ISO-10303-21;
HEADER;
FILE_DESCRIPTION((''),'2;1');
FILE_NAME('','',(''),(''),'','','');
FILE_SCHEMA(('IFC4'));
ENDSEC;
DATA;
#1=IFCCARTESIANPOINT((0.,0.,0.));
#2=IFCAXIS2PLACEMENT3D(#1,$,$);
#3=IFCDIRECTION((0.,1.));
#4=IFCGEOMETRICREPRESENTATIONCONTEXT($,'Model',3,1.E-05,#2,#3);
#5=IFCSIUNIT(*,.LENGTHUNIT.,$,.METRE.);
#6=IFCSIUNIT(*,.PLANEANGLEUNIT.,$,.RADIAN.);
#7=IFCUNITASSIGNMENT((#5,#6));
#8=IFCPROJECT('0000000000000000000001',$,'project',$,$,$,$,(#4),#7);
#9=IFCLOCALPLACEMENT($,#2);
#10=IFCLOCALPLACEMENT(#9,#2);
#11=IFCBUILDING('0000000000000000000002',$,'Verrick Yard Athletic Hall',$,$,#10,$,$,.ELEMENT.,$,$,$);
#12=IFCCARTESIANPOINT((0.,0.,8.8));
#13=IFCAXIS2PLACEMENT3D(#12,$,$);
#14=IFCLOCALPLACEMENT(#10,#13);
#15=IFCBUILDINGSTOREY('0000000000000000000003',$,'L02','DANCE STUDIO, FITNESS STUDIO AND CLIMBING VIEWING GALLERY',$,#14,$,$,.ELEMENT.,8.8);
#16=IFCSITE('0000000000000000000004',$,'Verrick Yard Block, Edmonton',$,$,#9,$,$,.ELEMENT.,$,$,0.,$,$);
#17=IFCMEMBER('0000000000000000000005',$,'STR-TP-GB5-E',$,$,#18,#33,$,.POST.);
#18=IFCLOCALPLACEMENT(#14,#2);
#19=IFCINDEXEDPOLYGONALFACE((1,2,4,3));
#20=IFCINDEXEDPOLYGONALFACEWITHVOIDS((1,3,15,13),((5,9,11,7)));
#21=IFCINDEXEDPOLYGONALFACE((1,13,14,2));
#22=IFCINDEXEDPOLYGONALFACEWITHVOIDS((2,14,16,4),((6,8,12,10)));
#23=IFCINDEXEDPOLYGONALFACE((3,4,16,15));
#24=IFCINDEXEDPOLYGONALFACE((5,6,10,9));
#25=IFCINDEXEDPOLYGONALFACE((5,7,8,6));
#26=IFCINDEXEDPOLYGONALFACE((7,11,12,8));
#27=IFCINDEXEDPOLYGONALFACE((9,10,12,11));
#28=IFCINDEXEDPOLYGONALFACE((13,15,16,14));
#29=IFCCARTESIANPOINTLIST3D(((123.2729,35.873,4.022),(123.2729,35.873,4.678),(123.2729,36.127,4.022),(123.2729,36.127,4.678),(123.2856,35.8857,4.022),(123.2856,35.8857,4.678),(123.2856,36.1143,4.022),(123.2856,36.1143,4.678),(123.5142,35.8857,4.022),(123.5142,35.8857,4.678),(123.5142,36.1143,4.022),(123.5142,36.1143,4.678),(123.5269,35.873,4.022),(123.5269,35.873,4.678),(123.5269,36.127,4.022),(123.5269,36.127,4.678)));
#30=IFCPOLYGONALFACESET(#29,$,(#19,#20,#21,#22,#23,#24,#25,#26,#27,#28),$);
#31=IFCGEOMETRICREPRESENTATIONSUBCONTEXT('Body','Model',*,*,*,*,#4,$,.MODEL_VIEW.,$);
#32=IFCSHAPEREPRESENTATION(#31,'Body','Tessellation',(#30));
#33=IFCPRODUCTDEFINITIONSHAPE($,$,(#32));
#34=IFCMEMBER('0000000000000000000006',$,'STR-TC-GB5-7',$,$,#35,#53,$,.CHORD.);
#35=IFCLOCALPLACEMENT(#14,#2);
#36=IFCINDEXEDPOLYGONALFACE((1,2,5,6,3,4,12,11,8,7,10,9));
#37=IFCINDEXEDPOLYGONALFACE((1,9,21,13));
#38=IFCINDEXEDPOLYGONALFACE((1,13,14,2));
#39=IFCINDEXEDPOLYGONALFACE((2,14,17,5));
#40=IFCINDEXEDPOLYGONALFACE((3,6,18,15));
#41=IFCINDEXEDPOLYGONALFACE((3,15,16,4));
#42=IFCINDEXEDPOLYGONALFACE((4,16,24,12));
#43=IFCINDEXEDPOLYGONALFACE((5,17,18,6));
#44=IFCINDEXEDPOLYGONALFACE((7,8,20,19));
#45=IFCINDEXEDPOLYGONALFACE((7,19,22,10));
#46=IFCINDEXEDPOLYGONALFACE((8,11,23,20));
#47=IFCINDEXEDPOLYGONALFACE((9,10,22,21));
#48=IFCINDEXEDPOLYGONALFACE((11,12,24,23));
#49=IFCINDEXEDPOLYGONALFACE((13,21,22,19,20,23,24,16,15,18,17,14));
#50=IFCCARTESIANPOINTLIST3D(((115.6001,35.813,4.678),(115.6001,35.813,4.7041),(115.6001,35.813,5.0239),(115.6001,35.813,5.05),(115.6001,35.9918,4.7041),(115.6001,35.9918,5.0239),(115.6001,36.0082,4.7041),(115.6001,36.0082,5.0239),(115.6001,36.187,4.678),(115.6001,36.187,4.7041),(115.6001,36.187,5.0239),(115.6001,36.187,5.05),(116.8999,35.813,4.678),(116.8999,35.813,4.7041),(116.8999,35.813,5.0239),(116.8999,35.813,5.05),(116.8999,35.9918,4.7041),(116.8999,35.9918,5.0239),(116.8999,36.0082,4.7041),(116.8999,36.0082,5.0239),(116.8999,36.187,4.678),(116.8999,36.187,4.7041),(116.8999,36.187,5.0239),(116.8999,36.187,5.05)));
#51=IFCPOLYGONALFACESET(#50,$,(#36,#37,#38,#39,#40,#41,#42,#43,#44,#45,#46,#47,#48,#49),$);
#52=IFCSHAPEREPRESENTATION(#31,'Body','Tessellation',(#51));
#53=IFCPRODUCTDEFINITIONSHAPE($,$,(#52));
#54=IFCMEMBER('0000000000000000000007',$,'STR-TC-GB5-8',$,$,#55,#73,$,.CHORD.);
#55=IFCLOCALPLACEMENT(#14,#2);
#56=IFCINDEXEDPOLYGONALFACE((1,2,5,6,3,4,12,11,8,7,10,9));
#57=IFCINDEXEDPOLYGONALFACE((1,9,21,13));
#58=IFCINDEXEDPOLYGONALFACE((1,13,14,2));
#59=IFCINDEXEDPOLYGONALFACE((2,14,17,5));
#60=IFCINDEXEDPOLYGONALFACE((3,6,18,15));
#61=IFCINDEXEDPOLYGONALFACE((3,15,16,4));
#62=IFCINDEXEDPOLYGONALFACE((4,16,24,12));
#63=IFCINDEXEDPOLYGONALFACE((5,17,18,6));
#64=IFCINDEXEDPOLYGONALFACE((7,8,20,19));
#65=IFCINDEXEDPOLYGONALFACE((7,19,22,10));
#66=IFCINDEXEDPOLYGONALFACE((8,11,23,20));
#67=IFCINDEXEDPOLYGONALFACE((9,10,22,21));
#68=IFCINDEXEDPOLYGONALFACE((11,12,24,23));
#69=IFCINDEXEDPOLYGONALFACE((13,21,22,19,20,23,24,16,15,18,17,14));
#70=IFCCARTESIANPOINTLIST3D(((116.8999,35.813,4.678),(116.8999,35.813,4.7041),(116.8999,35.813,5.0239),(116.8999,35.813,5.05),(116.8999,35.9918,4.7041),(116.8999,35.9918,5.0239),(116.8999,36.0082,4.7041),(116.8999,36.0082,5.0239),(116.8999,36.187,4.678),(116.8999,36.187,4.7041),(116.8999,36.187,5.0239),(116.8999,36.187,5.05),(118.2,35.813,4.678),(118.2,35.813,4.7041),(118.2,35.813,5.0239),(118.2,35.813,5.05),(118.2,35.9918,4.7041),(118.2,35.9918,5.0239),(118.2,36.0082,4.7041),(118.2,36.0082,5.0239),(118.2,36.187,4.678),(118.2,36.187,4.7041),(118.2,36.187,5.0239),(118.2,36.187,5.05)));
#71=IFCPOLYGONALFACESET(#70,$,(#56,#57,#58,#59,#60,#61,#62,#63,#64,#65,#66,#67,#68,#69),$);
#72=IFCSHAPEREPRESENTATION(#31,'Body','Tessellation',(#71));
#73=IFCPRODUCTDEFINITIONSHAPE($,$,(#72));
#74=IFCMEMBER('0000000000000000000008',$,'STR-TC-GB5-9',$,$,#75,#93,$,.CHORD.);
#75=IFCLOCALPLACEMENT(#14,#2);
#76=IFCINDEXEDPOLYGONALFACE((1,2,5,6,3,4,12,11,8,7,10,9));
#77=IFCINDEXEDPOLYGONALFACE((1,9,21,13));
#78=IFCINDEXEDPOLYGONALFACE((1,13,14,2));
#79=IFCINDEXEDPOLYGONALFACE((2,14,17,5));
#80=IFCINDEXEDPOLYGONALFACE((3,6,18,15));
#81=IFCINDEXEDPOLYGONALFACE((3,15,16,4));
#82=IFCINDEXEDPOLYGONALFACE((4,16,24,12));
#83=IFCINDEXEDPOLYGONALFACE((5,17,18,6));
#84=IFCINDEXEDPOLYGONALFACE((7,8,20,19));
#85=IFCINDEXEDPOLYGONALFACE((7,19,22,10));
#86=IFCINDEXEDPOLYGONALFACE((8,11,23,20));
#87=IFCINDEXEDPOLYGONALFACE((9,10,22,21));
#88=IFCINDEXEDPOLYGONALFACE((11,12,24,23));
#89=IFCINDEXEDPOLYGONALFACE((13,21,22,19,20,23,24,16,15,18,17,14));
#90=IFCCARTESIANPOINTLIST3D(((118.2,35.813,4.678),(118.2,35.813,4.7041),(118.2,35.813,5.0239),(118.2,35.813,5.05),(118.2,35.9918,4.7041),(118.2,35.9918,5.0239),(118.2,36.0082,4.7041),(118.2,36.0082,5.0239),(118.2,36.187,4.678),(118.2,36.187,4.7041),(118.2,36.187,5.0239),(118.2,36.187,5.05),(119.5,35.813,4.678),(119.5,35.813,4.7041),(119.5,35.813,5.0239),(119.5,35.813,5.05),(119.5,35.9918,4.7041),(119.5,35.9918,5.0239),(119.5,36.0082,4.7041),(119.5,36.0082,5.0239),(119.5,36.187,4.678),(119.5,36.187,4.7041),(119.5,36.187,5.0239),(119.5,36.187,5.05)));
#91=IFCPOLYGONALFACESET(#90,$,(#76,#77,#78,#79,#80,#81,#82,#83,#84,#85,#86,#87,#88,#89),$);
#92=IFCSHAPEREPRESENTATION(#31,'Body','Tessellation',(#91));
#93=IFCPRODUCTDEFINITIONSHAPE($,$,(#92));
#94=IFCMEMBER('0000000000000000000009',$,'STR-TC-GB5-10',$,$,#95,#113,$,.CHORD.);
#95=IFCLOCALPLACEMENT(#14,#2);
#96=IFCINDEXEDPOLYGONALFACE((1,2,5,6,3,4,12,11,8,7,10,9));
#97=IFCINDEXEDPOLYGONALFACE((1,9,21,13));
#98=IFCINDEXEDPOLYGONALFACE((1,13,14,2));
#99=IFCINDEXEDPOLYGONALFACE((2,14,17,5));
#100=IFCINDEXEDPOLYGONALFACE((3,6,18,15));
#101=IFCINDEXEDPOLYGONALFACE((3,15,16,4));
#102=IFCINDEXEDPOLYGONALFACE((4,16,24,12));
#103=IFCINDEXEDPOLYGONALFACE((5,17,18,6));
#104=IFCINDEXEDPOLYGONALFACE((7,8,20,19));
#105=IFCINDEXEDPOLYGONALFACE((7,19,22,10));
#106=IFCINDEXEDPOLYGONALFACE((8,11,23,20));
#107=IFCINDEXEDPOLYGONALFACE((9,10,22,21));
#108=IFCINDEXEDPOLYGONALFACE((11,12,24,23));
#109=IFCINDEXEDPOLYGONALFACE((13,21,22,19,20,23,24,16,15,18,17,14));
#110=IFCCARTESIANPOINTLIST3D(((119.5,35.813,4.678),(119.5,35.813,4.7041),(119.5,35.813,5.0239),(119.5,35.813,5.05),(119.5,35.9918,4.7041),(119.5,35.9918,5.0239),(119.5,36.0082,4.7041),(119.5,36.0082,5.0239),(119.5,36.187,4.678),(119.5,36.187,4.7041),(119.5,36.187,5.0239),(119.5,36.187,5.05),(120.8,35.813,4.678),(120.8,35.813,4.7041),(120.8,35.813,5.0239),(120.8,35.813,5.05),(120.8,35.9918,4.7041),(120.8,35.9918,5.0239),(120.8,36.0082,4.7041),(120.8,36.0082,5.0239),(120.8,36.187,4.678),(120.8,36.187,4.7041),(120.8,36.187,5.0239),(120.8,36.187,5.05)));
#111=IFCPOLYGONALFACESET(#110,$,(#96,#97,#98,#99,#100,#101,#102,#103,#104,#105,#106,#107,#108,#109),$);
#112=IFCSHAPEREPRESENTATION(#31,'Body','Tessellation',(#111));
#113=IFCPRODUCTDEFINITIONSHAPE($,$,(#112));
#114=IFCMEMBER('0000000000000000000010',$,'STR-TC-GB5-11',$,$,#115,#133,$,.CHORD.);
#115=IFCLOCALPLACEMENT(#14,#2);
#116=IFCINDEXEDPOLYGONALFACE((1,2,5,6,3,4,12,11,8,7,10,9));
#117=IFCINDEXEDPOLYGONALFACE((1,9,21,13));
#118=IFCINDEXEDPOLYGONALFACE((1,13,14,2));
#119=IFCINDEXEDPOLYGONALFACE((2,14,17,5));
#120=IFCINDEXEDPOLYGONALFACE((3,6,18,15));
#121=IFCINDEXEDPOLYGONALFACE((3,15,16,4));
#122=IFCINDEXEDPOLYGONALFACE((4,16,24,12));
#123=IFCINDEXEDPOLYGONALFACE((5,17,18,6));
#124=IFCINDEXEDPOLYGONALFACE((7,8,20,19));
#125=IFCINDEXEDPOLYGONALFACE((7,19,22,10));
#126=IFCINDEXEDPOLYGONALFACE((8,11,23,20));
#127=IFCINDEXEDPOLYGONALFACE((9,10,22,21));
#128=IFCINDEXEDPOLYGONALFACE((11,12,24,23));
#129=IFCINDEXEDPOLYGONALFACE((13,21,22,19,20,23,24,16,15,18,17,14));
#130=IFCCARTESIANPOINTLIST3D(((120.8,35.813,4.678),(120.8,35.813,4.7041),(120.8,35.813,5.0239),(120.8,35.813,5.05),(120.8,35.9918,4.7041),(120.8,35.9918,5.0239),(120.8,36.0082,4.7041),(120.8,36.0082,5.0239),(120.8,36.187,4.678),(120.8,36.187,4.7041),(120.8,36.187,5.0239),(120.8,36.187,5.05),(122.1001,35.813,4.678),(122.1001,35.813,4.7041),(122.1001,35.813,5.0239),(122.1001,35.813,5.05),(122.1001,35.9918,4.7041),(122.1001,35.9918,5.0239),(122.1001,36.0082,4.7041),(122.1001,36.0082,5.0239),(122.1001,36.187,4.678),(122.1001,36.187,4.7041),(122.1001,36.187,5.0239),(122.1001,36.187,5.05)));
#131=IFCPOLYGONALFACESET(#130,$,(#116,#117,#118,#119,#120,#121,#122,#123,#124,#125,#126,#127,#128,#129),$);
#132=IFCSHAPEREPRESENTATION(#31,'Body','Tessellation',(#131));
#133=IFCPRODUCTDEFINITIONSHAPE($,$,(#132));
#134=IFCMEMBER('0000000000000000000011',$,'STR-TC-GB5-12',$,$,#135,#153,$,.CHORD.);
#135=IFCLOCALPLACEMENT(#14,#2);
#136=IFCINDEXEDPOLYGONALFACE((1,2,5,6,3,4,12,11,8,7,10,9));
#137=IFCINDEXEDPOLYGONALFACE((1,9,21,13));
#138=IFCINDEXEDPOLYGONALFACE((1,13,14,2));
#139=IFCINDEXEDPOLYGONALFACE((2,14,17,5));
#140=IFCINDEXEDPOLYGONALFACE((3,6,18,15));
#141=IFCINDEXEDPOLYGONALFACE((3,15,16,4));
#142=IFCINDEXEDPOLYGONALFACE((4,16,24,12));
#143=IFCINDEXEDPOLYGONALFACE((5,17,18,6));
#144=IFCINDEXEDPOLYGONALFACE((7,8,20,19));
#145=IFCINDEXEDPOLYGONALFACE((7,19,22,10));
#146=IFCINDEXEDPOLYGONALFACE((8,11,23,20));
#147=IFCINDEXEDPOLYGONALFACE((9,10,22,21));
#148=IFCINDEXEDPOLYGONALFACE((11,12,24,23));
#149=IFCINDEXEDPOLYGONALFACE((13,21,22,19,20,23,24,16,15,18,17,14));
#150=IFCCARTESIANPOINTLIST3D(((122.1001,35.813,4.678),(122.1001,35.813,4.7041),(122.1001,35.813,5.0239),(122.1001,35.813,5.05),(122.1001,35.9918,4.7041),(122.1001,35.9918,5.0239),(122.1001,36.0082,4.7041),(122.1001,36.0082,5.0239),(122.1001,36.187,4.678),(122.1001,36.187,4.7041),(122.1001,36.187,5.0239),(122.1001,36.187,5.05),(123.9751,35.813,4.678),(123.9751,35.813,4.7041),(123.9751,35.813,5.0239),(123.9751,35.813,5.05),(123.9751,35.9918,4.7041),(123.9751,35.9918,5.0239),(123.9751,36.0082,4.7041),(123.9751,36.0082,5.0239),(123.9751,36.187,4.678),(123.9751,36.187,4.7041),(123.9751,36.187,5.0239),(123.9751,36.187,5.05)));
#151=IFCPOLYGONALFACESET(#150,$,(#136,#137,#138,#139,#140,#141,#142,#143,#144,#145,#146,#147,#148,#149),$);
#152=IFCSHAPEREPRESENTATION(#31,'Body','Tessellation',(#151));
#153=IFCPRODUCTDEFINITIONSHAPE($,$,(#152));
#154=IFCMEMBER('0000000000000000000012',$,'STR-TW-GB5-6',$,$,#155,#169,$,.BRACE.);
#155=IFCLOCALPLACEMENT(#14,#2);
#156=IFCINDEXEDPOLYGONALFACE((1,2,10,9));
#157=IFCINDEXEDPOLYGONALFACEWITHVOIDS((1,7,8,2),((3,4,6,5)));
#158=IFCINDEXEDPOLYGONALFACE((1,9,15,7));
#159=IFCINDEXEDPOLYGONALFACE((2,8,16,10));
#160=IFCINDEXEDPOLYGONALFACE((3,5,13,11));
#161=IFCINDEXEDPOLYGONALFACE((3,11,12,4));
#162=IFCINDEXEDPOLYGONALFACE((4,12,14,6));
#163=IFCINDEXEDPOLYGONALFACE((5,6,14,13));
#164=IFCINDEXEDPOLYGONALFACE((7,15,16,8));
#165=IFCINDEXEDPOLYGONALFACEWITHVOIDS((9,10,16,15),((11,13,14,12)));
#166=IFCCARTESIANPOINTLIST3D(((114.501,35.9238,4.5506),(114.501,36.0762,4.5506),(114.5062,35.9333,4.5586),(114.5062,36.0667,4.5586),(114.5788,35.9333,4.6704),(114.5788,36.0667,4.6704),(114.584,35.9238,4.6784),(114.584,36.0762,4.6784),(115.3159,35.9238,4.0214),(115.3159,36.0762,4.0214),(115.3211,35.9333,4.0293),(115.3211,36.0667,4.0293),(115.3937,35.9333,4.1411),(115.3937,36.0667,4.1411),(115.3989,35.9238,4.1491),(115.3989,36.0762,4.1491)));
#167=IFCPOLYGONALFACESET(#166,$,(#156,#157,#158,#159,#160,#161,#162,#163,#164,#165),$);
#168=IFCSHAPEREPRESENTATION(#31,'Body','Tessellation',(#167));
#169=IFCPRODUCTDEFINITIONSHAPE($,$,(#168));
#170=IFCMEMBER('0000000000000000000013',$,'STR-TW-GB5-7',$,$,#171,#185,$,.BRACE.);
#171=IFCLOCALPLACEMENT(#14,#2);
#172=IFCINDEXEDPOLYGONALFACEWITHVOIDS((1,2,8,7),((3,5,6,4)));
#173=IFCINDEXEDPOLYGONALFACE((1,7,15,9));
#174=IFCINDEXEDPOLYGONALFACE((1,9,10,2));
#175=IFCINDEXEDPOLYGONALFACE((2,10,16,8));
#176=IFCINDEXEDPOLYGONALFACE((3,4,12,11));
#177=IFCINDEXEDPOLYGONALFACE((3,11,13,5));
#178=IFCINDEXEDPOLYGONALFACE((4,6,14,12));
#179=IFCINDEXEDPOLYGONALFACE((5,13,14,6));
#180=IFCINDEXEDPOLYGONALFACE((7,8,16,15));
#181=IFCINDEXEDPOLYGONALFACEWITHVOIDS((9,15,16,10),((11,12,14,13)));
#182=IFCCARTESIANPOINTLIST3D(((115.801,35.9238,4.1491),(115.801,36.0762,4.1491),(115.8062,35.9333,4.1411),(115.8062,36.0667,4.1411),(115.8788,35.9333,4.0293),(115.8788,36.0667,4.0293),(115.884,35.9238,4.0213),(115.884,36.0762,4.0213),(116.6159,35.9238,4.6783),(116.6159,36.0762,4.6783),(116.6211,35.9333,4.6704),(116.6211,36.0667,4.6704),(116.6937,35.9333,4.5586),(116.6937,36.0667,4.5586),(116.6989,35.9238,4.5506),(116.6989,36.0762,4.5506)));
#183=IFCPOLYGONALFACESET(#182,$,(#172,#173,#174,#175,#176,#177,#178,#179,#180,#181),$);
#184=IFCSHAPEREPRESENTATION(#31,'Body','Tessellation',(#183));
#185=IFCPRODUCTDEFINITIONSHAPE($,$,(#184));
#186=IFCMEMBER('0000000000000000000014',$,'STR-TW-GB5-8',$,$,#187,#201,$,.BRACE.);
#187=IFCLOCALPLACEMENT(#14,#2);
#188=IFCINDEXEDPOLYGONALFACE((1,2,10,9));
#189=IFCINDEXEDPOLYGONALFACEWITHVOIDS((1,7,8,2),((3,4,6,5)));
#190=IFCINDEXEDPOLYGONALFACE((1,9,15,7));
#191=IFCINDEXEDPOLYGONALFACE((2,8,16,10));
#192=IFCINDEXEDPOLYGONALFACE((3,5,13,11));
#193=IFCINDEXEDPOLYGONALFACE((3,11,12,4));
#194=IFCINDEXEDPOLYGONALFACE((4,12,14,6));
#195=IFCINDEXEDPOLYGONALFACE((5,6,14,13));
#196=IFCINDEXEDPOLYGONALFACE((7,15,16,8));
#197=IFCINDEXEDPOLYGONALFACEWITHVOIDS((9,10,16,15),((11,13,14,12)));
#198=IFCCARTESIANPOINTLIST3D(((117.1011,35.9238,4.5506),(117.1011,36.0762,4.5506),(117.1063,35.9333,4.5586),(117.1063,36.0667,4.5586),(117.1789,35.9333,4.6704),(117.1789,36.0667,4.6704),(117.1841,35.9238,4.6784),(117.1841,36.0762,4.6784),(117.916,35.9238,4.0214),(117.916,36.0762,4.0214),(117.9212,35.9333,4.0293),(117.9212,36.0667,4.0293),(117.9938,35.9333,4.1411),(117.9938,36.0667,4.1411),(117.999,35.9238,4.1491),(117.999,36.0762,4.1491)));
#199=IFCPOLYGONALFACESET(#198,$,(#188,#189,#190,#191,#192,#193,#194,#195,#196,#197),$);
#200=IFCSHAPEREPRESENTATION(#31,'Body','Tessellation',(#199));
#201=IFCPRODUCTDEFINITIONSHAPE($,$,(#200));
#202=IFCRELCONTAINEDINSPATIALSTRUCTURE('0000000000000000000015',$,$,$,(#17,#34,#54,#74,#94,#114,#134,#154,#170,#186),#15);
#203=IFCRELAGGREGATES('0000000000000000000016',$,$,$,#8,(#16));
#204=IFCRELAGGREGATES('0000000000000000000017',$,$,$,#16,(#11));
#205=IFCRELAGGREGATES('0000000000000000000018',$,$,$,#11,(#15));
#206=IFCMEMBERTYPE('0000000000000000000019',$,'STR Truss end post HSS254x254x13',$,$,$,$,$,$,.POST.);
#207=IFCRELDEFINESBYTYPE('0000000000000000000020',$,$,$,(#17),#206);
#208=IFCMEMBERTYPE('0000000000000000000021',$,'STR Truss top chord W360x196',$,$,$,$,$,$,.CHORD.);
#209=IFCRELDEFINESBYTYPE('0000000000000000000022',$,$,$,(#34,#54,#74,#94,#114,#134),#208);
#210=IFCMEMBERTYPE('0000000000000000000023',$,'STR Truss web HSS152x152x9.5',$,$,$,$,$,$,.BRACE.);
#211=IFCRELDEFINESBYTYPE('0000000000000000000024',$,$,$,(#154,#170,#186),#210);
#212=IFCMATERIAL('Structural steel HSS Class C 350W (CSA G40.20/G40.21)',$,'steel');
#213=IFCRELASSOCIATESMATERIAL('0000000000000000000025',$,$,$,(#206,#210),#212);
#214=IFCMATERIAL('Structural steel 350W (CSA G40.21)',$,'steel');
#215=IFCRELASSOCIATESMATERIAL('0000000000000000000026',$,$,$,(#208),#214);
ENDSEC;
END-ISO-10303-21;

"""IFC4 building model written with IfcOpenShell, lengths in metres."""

from ifc_helpers import new_model, si_unit, direction, frame, origin, origin_2d, place, context, subcontext, project, spatial, hollow_rectangle, i_section, extrude, material, material_profile, profile_set, type_object, element, save


model = new_model("IFC4")

# Units and contexts
model_context = context("Model", 3, precision=1e-05, world=origin(), true_north=direction((0.0, 1.0)))
body_context = subcontext(model_context, "Body", "Model", "MODEL_VIEW")
ifc_project = project(units=[si_unit("LENGTHUNIT", "METRE"), si_unit("PLANEANGLEUNIT", "RADIAN")], contexts=[model_context])

# Site, building, storey
site_placement = place(None, origin())
site = spatial("IfcSite", under=ifc_project, at=site_placement, Name="Verrick Yard Block, Edmonton", CompositionType="ELEMENT", RefElevation=0.0)
building_placement = place(site_placement, origin())
building = spatial("IfcBuilding", under=site, at=building_placement, Name="Verrick Yard Athletic Hall", CompositionType="ELEMENT")
storey_placement = place(building_placement, frame((0.0, 0.0, 8.8)))
storey = spatial("IfcBuildingStorey", under=building, at=storey_placement, Name="L02", Description="DANCE STUDIO, FITNESS STUDIO AND CLIMBING VIEWING GALLERY", CompositionType="ELEMENT", Elevation=8.8)

# Shared definitions
ifc_material_1 = material(Name="Structural steel 350W (CSA G40.21)", Category="steel")
ifc_material_2 = material(Name="Structural steel HSS Class C 350W (CSA G40.20/G40.21)", Category="steel")

# Members
ifc_material_profile_1 = material_profile(ifc_material_2, hollow_rectangle(XDim=0.2539, YDim=0.2539, WallThickness=0.0127, at=origin_2d()), Name="HSS254x254x13")
ifc_profile_set_1 = profile_set([ifc_material_profile_1], Name="Structural steel HSS Class C 350W (CSA G40.20/G40.21)")
member_type_1 = type_object("IfcMemberType", Name="STR Truss end post HSS254x254x13", PredefinedType="POST", material=ifc_profile_set_1)
member_1_placement = place(storey_placement, frame((123.3999, 36.0, 4.022), z_axis=(0.0, 0.0, 1.0), x_axis=(1.0, 0.0, 0.0)))
element("IfcMember", 1, at=member_1_placement, inside=storey, type_object=member_type_1, Name="STR-TP-GB5-E", PredefinedType="POST", context=body_context, shape_type="SweptSolid", body=[
    extrude(hollow_rectangle(XDim=0.2539, YDim=0.2539, WallThickness=0.0127, at=origin_2d()), origin(), (0.0, 0.0, 1.0), 0.656),
])
ifc_material_profile_2 = material_profile(ifc_material_1, i_section(OverallWidth=0.374, OverallDepth=0.3721, WebThickness=0.0164, FlangeThickness=0.0261, at=origin_2d()), Name="W360x196")
ifc_profile_set_2 = profile_set([ifc_material_profile_2], Name="Structural steel 350W (CSA G40.21)")
member_type_2 = type_object("IfcMemberType", Name="STR Truss top chord W360x196", PredefinedType="CHORD", material=ifc_profile_set_2)
member_2_placement = place(storey_placement, frame((115.6001, 36.0, 4.864), z_axis=(1.0, 0.0, 0.0), x_axis=(0.0, 1.0, 0.0)))
element("IfcMember", 2, at=member_2_placement, inside=storey, type_object=member_type_2, Name="STR-TC-GB5-7", PredefinedType="CHORD", context=body_context, shape_type="SweptSolid", body=[
    extrude(i_section(OverallWidth=0.374, OverallDepth=0.3721, WebThickness=0.0164, FlangeThickness=0.0261, at=origin_2d()), origin(), (0.0, 0.0, 1.0), 1.2998),
])
for number, where, z_axis, x_axis, name in (
    (3, (116.8999, 36.0, 4.864), (1.0, 0.0, 0.0), (0.0, 1.0, 0.0), "STR-TC-GB5-8"),
    (4, (118.2, 36.0, 4.864), (1.0, 0.0, 0.0), (0.0, 1.0, 0.0), "STR-TC-GB5-9"),
    (5, (119.5, 36.0, 4.864), (1.0, 0.0, 0.0), (0.0, 1.0, 0.0), "STR-TC-GB5-10"),
    (6, (120.8, 36.0, 4.864), (1.0, 0.0, 0.0), (0.0, 1.0, 0.0), "STR-TC-GB5-11"),
):
    element("IfcMember", number, at=place(storey_placement, frame(where, z_axis=z_axis, x_axis=x_axis)), inside=storey, type_object=member_type_2, Name=name, PredefinedType="CHORD", context=body_context, shape_type="SweptSolid", body=[
        extrude(i_section(OverallWidth=0.374, OverallDepth=0.3721, WebThickness=0.0164, FlangeThickness=0.0261, at=origin_2d()), origin(), (0.0, 0.0, 1.0), 1.3),
    ])
member_3_placement = place(storey_placement, frame((122.1001, 36.0, 4.864), z_axis=(1.0, 0.0, 0.0), x_axis=(0.0, 1.0, 0.0)))
element("IfcMember", 7, at=member_3_placement, inside=storey, type_object=member_type_2, Name="STR-TC-GB5-12", PredefinedType="CHORD", context=body_context, shape_type="SweptSolid", body=[
    extrude(i_section(OverallWidth=0.374, OverallDepth=0.3721, WebThickness=0.0164, FlangeThickness=0.0261, at=origin_2d()), origin(), (0.0, 0.0, 1.0), 1.875),
])
ifc_material_profile_3 = material_profile(ifc_material_2, hollow_rectangle(XDim=0.1523, YDim=0.1523, WallThickness=0.0095, at=origin_2d()), Name="HSS152x152x9.5")
ifc_profile_set_3 = profile_set([ifc_material_profile_3], Name="Structural steel HSS Class C 350W (CSA G40.20/G40.21)")
member_type_3 = type_object("IfcMemberType", Name="STR Truss web HSS152x152x9.5", PredefinedType="BRACE", material=ifc_profile_set_3)
for number, where, z_axis, x_axis, name in (
    (8, (114.5425, 36.0, 4.6145), (0.838639, 0.0, -0.544688), (0.0, 1.0, 0.0), "STR-TW-GB5-6"),
    (9, (115.8425, 36.0, 4.0852), (0.838639, 0.0, 0.544688), (0.0, 1.0, 0.0), "STR-TW-GB5-7"),
    (10, (117.1426, 36.0, 4.6145), (0.838639, 0.0, -0.544688), (0.0, 1.0, 0.0), "STR-TW-GB5-8"),
):
    element("IfcMember", number, at=place(storey_placement, frame(where, z_axis=z_axis, x_axis=x_axis)), inside=storey, type_object=member_type_3, Name=name, PredefinedType="BRACE", context=body_context, shape_type="SweptSolid", body=[
        extrude(hollow_rectangle(XDim=0.1523, YDim=0.1523, WallThickness=0.0095, at=origin_2d()), origin(), (0.0, 0.0, 1.0), 0.9717),
    ])

save(model, "model.ifc")
